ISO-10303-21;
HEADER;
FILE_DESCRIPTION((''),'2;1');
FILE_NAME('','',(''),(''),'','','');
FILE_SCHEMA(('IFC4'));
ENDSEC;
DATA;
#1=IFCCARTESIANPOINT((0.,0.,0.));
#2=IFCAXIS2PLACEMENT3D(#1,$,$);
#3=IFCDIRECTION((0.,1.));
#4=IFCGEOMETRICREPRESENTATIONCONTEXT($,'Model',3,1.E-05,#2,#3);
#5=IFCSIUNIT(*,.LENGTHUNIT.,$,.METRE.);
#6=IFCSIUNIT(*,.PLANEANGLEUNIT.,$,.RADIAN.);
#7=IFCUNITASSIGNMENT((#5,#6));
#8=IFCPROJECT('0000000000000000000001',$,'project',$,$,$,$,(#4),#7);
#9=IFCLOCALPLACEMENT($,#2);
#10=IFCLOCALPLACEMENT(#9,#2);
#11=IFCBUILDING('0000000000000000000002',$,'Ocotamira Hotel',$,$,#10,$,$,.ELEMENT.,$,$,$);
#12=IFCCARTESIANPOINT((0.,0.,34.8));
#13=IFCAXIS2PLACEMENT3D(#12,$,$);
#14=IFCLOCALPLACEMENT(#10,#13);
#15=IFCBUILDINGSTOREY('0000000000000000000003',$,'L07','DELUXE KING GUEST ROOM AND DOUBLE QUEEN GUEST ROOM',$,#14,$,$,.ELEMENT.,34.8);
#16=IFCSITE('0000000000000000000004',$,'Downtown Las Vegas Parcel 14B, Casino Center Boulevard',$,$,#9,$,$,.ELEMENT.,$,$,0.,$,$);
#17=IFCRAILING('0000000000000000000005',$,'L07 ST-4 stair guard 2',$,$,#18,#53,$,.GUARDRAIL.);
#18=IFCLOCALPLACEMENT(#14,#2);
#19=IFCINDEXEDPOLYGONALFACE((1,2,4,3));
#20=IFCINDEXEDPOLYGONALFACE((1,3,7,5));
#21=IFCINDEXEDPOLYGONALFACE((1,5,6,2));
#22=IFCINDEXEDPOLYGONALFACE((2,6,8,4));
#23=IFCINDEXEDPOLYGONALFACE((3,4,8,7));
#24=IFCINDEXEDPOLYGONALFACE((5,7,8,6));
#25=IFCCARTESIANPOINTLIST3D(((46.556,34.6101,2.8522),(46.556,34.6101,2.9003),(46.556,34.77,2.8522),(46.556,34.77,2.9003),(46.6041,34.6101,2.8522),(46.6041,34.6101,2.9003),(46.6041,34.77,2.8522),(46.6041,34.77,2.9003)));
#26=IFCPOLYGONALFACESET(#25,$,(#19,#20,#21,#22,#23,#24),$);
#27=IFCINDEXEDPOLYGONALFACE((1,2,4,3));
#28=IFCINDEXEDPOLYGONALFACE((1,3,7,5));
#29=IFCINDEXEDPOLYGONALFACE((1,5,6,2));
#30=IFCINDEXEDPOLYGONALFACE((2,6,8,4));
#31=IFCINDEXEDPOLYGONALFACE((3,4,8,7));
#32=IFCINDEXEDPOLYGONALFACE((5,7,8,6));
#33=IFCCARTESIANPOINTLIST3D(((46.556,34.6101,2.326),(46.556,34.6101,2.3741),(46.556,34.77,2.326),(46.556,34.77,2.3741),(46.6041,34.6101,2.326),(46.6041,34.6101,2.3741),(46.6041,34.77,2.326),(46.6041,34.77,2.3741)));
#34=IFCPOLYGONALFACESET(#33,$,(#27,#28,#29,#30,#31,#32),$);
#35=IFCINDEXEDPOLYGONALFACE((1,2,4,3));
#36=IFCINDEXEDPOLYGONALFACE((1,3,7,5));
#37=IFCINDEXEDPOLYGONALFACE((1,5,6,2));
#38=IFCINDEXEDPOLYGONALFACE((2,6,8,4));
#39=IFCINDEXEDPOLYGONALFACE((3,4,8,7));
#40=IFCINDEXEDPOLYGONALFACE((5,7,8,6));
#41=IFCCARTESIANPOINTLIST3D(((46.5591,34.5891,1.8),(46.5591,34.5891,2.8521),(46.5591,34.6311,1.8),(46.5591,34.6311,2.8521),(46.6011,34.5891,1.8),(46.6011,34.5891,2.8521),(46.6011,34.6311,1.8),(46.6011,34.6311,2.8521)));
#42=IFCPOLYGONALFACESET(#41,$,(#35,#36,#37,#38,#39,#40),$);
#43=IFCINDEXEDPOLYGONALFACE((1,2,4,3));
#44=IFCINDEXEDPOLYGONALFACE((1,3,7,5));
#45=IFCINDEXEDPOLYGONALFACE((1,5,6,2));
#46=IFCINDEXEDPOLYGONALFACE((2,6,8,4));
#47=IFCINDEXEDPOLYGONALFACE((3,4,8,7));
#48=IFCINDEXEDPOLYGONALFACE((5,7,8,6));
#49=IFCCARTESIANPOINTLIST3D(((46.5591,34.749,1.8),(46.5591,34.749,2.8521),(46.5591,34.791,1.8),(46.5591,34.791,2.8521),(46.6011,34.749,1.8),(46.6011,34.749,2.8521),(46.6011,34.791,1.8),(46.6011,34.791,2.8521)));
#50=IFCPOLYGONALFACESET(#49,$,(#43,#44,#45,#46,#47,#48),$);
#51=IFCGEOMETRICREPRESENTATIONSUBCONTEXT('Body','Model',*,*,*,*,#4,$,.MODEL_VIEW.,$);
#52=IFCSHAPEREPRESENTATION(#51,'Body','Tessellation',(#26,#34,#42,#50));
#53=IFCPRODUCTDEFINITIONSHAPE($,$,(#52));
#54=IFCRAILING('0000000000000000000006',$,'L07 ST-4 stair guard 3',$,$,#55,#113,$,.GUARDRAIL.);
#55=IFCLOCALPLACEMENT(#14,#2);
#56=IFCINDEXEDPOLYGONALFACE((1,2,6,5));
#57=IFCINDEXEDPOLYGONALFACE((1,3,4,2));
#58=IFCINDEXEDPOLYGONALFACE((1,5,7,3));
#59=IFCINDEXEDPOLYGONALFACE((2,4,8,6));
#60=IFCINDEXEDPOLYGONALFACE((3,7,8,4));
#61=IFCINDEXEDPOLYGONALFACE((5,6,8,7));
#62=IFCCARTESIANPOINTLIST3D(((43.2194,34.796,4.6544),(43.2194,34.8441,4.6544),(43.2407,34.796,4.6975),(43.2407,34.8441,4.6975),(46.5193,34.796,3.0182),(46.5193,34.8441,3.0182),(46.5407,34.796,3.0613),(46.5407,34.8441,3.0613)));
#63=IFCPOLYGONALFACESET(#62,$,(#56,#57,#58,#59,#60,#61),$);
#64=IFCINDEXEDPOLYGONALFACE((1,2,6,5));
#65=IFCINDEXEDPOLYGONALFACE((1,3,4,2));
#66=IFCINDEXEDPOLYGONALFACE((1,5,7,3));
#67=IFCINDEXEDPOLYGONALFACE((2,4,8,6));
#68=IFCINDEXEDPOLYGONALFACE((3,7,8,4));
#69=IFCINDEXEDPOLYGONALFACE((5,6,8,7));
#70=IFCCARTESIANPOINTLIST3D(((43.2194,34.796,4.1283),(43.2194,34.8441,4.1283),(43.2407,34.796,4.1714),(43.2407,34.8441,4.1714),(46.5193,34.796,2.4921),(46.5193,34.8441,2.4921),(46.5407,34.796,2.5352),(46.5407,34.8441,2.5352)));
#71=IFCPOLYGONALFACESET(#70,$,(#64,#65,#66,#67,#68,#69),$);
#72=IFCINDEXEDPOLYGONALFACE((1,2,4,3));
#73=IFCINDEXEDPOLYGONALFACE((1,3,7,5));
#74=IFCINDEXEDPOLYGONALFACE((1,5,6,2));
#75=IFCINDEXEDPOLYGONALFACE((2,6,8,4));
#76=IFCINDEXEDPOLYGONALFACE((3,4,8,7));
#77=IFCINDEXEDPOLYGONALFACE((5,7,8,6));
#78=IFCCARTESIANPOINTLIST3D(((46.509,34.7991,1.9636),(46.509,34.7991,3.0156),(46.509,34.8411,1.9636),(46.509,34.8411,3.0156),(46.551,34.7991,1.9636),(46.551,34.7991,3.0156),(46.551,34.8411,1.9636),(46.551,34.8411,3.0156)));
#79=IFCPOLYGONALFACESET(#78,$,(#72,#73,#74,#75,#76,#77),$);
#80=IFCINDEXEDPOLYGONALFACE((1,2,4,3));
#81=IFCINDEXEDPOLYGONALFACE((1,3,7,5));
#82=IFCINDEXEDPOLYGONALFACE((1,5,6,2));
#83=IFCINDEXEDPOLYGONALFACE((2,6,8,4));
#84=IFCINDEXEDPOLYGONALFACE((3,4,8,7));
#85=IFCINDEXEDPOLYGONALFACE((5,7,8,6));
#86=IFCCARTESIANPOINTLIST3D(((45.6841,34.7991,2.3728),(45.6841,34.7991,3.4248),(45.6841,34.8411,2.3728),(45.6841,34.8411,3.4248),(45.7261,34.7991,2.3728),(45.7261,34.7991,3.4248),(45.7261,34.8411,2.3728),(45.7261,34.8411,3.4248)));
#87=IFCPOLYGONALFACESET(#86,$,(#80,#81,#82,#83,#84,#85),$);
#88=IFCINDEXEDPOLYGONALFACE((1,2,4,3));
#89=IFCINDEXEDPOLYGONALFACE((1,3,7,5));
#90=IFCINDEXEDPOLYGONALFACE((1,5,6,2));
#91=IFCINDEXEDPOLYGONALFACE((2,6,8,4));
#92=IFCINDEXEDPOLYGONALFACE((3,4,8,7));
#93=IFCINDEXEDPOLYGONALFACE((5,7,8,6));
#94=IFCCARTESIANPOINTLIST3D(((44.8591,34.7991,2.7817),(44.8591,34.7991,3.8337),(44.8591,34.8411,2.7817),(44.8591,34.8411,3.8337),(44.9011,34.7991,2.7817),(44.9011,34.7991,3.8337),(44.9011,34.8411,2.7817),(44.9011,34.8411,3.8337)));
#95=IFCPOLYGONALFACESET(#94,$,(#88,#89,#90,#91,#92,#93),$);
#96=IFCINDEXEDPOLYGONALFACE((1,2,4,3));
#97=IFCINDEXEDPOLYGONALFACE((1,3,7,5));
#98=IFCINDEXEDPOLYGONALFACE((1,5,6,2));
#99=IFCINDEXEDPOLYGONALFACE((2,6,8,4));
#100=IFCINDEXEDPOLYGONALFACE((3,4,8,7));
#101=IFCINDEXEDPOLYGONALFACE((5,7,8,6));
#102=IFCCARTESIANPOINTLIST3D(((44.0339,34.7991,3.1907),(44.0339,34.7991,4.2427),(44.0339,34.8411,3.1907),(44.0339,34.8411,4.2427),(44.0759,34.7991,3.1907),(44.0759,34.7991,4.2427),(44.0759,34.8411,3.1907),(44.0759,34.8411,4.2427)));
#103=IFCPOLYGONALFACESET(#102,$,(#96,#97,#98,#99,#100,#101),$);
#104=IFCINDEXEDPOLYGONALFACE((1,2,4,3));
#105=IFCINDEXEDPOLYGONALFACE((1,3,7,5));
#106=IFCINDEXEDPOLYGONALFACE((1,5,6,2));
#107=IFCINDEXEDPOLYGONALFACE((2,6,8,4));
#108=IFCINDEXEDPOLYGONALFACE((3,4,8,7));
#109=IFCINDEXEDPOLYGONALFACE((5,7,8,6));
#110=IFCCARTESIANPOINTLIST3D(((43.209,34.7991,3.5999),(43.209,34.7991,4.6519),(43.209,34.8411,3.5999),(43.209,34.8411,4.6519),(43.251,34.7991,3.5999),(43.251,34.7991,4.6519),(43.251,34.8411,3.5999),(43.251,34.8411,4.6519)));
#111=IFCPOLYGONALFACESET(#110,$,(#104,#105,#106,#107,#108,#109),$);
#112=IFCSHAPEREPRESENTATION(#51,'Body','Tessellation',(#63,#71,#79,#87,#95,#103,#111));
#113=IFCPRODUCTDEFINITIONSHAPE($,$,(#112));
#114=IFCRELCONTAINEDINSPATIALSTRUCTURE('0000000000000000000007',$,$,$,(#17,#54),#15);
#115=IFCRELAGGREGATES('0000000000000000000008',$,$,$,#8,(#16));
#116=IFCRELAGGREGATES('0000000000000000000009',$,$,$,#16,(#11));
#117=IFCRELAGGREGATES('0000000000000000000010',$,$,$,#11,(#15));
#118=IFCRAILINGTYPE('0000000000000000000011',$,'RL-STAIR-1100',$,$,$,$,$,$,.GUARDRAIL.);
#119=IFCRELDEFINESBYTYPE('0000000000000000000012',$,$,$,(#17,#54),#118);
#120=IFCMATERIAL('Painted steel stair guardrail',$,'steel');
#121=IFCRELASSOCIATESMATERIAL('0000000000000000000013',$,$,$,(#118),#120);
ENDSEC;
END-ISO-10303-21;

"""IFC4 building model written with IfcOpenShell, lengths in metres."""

from ifc_helpers import new_model, si_unit, direction, frame, origin, origin_2d, place, context, subcontext, project, spatial, rectangle, extrude, material, type_object, element, save


model = new_model("IFC4")

# Units and contexts
model_context = context("Model", 3, precision=1e-05, world=origin(), true_north=direction((0.0, 1.0)))
body_context = subcontext(model_context, "Body", "Model", "MODEL_VIEW")
ifc_project = project(units=[si_unit("LENGTHUNIT", "METRE"), si_unit("PLANEANGLEUNIT", "RADIAN")], contexts=[model_context])

# Site, building, storey
site_placement = place(None, origin())
site = spatial("IfcSite", under=ifc_project, at=site_placement, Name="Downtown Las Vegas Parcel 14B, Casino Center Boulevard", CompositionType="ELEMENT", RefElevation=0.0)
building_placement = place(site_placement, origin())
building = spatial("IfcBuilding", under=site, at=building_placement, Name="Ocotamira Hotel", CompositionType="ELEMENT")
storey_placement = place(building_placement, frame((0.0, 0.0, 34.8)))
storey = spatial("IfcBuildingStorey", under=building, at=storey_placement, Name="L07", Description="DELUXE KING GUEST ROOM AND DOUBLE QUEEN GUEST ROOM", CompositionType="ELEMENT", Elevation=34.8)

# Railings
ifc_material_1 = material(Name="Painted steel stair guardrail", Category="steel")
railing_type_1 = type_object("IfcRailingType", Name="RL-STAIR-1100", PredefinedType="GUARDRAIL", material=ifc_material_1)
railing_1_placement = place(storey_placement, frame((46.5801, 34.6101, 1.8)))
element("IfcRailing", 1, at=railing_1_placement, inside=storey, type_object=railing_type_1, Name="L07 ST-4 stair guard 2", PredefinedType="GUARDRAIL", context=body_context, shape_type="SweptSolid", body=[
    extrude(rectangle(XDim=0.0481, YDim=0.0481, at=origin_2d()), frame((0.0, 0.0, 1.0762), z_axis=(0.0, 1.0, 0.0), x_axis=(-1.0, 0.0, 0.0)), (0.0, 0.0, 1.0), 0.1599),
    extrude(rectangle(XDim=0.0481, YDim=0.0481, at=origin_2d()), frame((0.0, 0.0, 0.55), z_axis=(0.0, 1.0, 0.0), x_axis=(-1.0, 0.0, 0.0)), (0.0, 0.0, 1.0), 0.1599),
    extrude(rectangle(XDim=0.042, YDim=0.042, at=origin_2d()), origin(), (0.0, 0.0, 1.0), 1.052),
    extrude(rectangle(XDim=0.042, YDim=0.042, at=origin_2d()), frame((0.0, 0.1599, 0.0)), (0.0, 0.0, 1.0), 1.052),
])
railing_2_placement = place(storey_placement, frame((46.53, 34.8201, 1.9636)))
element("IfcRailing", 2, at=railing_2_placement, inside=storey, type_object=railing_type_1, Name="L07 ST-4 stair guard 3", PredefinedType="GUARDRAIL", context=body_context, shape_type="SweptSolid", body=[
    extrude(rectangle(XDim=0.0481, YDim=0.0481, at=origin_2d()), frame((0.0, 0.0, 1.0762), z_axis=(-0.89592, 0.0, 0.444215), x_axis=(0.0, -1.0, 0.0)), (0.0, 0.0, 1.0), 3.6833),
    extrude(rectangle(XDim=0.0481, YDim=0.0481, at=origin_2d()), frame((0.0, 0.0, 0.55), z_axis=(-0.89592, 0.0, 0.444215), x_axis=(0.0, -1.0, 0.0)), (0.0, 0.0, 1.0), 3.6833),
    extrude(rectangle(XDim=0.042, YDim=0.042, at=origin_2d()), origin(), (0.0, 0.0, 1.0), 1.052),
    extrude(rectangle(XDim=0.042, YDim=0.042, at=origin_2d()), frame((-0.825, 0.0, 0.4092)), (0.0, 0.0, 1.0), 1.052),
    extrude(rectangle(XDim=0.042, YDim=0.042, at=origin_2d()), frame((-1.6499, 0.0, 0.8181)), (0.0, 0.0, 1.0), 1.052),
    extrude(rectangle(XDim=0.042, YDim=0.042, at=origin_2d()), frame((-2.4751, 0.0, 1.2271)), (0.0, 0.0, 1.0), 1.052),
    extrude(rectangle(XDim=0.042, YDim=0.042, at=origin_2d()), frame((-3.3, 0.0, 1.6362)), (0.0, 0.0, 1.0), 1.052),
])

save(model, "model.ifc")
